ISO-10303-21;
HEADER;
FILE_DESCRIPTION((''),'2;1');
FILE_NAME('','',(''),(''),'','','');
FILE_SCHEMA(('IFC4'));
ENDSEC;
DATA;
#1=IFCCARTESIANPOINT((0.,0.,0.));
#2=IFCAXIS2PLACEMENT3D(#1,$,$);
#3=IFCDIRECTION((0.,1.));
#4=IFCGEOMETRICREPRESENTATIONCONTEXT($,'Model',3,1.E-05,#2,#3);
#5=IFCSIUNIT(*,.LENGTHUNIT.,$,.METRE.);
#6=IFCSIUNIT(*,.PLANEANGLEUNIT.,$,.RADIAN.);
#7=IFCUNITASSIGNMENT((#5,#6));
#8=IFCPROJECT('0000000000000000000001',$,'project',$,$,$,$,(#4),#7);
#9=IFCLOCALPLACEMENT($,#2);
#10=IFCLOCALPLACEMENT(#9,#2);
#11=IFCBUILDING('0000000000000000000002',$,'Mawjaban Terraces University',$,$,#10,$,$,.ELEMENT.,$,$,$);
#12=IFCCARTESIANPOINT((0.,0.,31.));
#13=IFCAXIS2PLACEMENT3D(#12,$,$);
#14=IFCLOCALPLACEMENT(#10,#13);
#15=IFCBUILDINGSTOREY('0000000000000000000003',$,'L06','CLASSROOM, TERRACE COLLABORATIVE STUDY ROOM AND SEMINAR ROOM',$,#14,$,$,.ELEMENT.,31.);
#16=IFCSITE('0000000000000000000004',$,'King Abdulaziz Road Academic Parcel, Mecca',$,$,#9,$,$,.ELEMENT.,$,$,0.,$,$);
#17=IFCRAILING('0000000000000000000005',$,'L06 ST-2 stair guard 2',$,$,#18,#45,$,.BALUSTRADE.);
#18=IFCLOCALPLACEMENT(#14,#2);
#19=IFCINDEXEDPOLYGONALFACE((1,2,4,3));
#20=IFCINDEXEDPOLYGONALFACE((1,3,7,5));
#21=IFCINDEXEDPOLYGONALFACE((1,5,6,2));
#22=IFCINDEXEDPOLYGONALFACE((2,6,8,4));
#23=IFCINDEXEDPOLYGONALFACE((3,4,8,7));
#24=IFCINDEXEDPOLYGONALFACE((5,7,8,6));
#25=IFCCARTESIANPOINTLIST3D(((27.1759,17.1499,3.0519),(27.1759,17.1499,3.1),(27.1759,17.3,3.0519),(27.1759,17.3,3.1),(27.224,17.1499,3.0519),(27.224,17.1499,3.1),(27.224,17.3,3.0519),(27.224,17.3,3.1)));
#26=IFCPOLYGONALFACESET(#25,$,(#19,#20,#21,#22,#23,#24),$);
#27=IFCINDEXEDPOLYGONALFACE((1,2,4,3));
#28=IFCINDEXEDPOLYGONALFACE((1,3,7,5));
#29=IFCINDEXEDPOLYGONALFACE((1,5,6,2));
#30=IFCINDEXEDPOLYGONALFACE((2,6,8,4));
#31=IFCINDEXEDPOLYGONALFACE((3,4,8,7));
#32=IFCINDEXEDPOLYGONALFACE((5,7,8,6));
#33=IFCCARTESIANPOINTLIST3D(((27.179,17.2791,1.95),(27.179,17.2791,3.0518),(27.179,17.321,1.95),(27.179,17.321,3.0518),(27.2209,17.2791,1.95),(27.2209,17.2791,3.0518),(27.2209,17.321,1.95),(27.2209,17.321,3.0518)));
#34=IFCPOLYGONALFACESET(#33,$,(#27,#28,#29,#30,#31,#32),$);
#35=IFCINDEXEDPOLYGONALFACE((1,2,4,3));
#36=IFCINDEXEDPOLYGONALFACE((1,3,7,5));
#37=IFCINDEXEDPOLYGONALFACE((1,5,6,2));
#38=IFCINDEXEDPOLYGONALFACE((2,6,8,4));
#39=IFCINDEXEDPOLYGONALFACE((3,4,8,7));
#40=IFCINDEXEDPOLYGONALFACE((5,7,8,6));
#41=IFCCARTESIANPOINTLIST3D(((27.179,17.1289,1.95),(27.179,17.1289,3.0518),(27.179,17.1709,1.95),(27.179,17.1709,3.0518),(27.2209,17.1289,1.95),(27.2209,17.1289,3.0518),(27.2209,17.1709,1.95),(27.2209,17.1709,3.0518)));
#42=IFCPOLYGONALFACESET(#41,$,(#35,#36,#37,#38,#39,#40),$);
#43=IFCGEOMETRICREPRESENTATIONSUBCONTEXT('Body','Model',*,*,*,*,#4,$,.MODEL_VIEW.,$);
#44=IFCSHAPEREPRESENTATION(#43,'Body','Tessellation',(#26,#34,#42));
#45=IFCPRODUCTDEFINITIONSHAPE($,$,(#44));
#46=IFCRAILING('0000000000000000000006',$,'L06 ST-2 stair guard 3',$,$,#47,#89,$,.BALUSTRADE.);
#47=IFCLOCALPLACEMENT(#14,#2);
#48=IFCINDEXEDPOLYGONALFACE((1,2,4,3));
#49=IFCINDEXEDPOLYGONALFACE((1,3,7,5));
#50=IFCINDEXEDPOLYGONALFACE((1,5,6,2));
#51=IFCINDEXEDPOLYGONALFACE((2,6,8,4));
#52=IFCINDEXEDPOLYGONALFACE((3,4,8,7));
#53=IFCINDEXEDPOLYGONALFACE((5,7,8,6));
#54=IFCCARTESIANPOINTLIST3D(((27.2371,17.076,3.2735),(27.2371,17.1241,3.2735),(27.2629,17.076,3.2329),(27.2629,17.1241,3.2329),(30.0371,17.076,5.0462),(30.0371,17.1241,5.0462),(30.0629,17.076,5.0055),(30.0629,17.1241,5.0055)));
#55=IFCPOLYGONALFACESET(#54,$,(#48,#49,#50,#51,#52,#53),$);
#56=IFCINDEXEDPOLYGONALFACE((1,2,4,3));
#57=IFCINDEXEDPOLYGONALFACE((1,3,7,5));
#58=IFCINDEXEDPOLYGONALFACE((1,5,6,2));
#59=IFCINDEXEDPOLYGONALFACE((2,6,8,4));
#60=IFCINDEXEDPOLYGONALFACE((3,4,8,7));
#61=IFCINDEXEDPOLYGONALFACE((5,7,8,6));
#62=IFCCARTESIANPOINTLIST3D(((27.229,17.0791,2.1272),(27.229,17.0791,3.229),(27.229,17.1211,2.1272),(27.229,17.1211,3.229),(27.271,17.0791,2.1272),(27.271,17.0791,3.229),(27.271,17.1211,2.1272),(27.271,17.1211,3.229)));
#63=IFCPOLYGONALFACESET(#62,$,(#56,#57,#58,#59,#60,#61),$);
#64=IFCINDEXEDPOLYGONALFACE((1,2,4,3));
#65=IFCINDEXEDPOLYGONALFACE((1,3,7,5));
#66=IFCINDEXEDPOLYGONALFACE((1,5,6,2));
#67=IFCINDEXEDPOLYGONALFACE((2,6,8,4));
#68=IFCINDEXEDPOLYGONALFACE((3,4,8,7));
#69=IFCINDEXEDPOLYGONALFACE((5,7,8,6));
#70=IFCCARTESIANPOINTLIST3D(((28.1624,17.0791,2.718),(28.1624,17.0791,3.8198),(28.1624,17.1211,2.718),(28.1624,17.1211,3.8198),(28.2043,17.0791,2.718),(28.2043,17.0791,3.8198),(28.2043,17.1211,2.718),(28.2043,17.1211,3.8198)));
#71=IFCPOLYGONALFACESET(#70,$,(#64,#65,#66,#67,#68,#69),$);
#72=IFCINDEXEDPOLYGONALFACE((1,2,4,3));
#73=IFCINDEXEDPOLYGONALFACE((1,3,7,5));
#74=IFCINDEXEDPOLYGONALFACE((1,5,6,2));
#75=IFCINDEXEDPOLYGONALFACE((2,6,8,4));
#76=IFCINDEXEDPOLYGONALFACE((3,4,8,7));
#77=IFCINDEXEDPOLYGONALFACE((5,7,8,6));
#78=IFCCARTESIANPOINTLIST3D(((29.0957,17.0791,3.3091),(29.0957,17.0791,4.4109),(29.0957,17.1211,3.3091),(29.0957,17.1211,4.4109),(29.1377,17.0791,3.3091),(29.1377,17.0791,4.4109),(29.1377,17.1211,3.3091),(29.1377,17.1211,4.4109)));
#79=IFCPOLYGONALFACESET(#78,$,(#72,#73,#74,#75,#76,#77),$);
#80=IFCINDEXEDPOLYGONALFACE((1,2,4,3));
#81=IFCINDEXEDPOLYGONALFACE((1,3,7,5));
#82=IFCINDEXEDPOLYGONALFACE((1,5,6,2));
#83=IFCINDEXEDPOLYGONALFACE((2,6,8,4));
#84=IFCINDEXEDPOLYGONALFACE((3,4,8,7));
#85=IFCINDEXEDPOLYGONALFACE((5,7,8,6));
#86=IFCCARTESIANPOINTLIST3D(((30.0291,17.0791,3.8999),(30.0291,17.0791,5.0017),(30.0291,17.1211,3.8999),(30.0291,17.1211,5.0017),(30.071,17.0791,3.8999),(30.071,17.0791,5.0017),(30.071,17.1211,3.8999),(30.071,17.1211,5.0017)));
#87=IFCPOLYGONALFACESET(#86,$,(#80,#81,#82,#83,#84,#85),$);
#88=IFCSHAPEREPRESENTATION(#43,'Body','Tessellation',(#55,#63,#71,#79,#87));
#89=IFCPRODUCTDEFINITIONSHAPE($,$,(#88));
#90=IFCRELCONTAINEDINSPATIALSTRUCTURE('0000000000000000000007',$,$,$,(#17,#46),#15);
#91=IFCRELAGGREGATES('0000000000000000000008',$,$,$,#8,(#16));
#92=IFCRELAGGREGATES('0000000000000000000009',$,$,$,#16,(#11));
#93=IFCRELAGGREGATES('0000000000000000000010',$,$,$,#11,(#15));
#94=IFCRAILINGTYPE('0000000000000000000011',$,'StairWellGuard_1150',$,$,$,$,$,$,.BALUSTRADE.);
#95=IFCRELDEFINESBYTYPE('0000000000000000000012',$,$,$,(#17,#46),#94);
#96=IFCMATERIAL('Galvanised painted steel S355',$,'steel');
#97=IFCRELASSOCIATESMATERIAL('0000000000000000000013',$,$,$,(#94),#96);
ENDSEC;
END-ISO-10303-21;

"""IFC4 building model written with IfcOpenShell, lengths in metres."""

from ifc_helpers import new_model, si_unit, direction, frame, origin, origin_2d, place, context, subcontext, project, spatial, rectangle, extrude, material, type_object, element, save


model = new_model("IFC4")

# Units and contexts
model_context = context("Model", 3, precision=1e-05, world=origin(), true_north=direction((0.0, 1.0)))
body_context = subcontext(model_context, "Body", "Model", "MODEL_VIEW")
ifc_project = project(units=[si_unit("LENGTHUNIT", "METRE"), si_unit("PLANEANGLEUNIT", "RADIAN")], contexts=[model_context])

# Site, building, storey
site_placement = place(None, origin())
site = spatial("IfcSite", under=ifc_project, at=site_placement, Name="King Abdulaziz Road Academic Parcel, Mecca", CompositionType="ELEMENT", RefElevation=0.0)
building_placement = place(site_placement, origin())
building = spatial("IfcBuilding", under=site, at=building_placement, Name="Mawjaban Terraces University", CompositionType="ELEMENT")
storey_placement = place(building_placement, frame((0.0, 0.0, 31.0)))
storey = spatial("IfcBuildingStorey", under=building, at=storey_placement, Name="L06", Description="CLASSROOM, TERRACE COLLABORATIVE STUDY ROOM AND SEMINAR ROOM", CompositionType="ELEMENT", Elevation=31.0)

# Railings
ifc_material_1 = material(Name="Galvanised painted steel S355", Category="steel")
railing_type_1 = type_object("IfcRailingType", Name="StairWellGuard_1150", PredefinedType="BALUSTRADE", material=ifc_material_1)
railing_1_placement = place(storey_placement, frame((27.2, 17.3, 1.95)))
element("IfcRailing", 1, at=railing_1_placement, inside=storey, type_object=railing_type_1, Name="L06 ST-2 stair guard 2", PredefinedType="BALUSTRADE", context=body_context, shape_type="SweptSolid", body=[
    extrude(rectangle(XDim=0.0481, YDim=0.0481, at=origin_2d()), frame((0.0, 0.0, 1.126), z_axis=(0.0, -1.0, 0.0), x_axis=(1.0, 0.0, 0.0)), (0.0, 0.0, 1.0), 0.1501),
    extrude(rectangle(XDim=0.042, YDim=0.042, at=origin_2d()), origin(), (0.0, 0.0, 1.0), 1.1018),
    extrude(rectangle(XDim=0.042, YDim=0.042, at=origin_2d()), frame((0.0, -0.1501, 0.0)), (0.0, 0.0, 1.0), 1.1018),
])
railing_2_placement = place(storey_placement, frame((27.25, 17.1001, 2.1272)))
element("IfcRailing", 2, at=railing_2_placement, inside=storey, type_object=railing_type_1, Name="L06 ST-2 stair guard 3", PredefinedType="BALUSTRADE", context=body_context, shape_type="SweptSolid", body=[
    extrude(rectangle(XDim=0.0481, YDim=0.0481, at=origin_2d()), frame((0.0, 0.0, 1.126), z_axis=(0.844909, 0.0, 0.53491), x_axis=(0.0, 1.0, 0.0)), (0.0, 0.0, 1.0), 3.314),
    extrude(rectangle(XDim=0.042, YDim=0.042, at=origin_2d()), origin(), (0.0, 0.0, 1.0), 1.1018),
    extrude(rectangle(XDim=0.042, YDim=0.042, at=origin_2d()), frame((0.9333, 0.0, 0.5908)), (0.0, 0.0, 1.0), 1.1018),
    extrude(rectangle(XDim=0.042, YDim=0.042, at=origin_2d()), frame((1.8667, 0.0, 1.1819)), (0.0, 0.0, 1.0), 1.1018),
    extrude(rectangle(XDim=0.042, YDim=0.042, at=origin_2d()), frame((2.8, 0.0, 1.7727)), (0.0, 0.0, 1.0), 1.1018),
])

save(model, "model.ifc")
